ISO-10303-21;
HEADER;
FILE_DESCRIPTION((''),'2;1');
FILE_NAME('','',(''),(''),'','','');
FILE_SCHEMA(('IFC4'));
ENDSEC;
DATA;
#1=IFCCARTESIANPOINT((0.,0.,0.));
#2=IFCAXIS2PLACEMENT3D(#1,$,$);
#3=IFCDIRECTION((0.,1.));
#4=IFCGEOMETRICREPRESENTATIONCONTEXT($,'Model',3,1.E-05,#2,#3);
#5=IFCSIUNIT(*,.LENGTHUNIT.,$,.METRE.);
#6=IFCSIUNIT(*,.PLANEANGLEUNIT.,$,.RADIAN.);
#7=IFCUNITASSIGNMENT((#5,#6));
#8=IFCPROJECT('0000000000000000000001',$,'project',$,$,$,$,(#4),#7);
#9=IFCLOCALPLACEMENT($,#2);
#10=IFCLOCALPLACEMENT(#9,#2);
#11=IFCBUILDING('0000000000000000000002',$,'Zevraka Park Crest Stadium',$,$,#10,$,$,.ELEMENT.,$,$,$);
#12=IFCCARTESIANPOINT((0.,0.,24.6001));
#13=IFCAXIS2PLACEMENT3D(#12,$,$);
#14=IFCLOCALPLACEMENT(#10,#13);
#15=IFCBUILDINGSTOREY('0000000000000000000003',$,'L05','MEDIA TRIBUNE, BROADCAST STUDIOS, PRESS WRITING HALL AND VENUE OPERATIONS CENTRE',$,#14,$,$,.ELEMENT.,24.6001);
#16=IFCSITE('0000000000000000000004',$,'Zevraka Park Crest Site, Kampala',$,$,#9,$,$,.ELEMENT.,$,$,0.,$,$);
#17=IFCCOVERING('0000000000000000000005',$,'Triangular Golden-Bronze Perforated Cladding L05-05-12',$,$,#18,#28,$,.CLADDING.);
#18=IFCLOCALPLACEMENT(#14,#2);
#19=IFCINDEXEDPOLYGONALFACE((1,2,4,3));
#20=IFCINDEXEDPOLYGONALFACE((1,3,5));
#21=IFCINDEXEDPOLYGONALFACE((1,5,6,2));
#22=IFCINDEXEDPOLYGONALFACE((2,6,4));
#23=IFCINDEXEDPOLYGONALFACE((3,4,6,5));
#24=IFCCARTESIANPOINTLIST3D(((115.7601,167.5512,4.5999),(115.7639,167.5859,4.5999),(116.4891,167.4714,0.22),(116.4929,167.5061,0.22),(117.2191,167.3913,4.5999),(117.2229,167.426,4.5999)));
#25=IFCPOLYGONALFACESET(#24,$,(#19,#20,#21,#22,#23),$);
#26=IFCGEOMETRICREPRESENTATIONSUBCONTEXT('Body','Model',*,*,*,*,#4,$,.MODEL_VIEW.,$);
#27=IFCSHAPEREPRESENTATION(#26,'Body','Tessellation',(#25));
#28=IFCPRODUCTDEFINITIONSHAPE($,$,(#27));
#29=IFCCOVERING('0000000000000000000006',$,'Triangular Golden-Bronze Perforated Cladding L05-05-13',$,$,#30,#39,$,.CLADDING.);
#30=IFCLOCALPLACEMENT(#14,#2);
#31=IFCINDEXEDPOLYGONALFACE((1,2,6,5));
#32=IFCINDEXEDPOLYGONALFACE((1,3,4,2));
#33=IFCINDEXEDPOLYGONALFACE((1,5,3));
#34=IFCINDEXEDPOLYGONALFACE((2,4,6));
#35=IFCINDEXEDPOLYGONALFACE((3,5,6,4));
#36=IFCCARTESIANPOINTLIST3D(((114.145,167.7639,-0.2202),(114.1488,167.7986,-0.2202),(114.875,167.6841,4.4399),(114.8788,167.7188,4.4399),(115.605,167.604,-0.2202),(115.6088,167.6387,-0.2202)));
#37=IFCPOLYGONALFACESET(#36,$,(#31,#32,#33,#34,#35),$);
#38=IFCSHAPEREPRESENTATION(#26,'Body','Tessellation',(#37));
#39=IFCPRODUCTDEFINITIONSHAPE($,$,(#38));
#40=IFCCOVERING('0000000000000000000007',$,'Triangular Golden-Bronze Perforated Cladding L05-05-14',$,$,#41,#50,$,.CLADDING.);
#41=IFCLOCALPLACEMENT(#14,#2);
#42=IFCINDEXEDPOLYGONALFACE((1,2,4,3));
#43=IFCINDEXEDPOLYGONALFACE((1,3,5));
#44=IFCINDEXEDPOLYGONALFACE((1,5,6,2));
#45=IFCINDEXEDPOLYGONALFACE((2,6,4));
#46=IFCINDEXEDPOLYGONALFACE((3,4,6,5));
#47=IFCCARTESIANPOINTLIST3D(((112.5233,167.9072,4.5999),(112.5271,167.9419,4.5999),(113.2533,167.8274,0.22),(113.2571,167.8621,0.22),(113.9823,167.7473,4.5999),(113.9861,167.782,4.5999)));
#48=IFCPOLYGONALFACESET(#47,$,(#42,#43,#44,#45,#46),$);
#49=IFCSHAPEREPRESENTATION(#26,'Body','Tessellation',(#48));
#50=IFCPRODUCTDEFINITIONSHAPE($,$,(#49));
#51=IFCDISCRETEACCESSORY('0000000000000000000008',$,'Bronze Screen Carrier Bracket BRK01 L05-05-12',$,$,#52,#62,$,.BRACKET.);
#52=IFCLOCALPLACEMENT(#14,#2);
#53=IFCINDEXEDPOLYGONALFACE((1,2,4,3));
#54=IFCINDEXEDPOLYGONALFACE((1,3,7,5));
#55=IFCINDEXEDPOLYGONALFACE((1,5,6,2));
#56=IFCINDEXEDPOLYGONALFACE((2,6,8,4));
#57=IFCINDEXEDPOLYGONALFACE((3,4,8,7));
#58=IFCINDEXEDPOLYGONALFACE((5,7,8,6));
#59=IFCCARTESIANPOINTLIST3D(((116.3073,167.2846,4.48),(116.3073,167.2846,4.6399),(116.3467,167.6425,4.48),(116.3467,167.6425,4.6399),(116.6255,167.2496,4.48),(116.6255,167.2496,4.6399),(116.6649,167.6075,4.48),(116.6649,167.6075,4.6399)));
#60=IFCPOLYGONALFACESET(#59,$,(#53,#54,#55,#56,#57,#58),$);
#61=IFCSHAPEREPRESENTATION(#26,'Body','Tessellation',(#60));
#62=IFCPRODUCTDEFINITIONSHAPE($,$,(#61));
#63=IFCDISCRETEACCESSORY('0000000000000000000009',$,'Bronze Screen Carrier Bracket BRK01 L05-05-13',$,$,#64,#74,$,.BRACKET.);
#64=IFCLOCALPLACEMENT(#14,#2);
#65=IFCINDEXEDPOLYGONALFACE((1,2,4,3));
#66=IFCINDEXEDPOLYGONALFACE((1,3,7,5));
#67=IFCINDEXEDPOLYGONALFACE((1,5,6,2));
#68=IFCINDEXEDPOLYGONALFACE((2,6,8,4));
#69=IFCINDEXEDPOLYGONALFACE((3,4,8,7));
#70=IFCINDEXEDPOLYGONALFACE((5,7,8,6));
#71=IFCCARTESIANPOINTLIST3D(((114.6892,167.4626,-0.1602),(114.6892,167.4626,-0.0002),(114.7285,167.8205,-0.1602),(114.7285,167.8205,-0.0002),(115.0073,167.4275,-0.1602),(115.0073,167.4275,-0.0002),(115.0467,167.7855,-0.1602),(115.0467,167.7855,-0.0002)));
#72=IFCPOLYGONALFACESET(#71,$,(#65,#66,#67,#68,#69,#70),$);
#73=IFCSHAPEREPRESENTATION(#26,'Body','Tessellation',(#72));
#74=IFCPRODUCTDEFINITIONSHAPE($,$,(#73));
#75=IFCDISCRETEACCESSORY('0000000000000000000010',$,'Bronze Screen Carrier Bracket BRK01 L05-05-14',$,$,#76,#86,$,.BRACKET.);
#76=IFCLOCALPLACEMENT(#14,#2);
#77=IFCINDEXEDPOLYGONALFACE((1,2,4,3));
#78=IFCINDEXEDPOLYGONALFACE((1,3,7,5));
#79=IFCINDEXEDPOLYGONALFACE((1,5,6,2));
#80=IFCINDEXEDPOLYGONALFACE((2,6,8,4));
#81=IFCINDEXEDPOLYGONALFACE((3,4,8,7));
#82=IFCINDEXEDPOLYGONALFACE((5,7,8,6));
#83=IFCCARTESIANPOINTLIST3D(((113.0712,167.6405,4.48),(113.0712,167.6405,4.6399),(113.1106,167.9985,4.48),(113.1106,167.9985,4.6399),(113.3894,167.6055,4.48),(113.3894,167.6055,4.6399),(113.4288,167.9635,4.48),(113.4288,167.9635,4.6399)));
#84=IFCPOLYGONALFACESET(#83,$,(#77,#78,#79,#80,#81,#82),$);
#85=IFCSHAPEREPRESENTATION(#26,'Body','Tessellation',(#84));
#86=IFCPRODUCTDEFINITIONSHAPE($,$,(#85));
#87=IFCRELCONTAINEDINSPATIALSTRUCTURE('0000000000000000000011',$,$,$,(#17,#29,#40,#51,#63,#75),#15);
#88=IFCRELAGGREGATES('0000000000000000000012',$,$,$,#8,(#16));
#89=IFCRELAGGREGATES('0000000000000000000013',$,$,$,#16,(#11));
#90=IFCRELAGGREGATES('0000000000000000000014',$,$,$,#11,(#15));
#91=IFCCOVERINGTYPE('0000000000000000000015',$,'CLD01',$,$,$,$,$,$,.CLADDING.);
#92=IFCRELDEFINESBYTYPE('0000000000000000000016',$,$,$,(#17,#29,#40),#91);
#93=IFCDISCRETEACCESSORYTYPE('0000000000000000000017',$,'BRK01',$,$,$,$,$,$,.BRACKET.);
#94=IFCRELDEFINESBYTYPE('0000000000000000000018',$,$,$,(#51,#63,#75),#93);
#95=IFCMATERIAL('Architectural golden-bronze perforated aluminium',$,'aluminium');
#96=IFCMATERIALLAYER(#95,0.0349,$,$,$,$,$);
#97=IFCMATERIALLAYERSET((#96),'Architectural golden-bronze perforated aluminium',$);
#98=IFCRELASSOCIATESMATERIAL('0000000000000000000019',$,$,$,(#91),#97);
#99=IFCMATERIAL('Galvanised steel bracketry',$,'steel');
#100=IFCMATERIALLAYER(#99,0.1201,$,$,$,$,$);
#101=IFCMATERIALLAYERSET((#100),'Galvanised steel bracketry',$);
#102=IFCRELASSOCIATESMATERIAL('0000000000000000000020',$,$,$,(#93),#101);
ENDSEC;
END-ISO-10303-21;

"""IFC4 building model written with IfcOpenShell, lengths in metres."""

from ifc_helpers import new_model, si_unit, direction, frame, origin, origin_2d, place, context, subcontext, project, spatial, polyline, rectangle, outline, extrude, material, layer, layer_set, type_object, element, save


model = new_model("IFC4")

# Units and contexts
model_context = context("Model", 3, precision=1e-05, world=origin(), true_north=direction((0.0, 1.0)))
body_context = subcontext(model_context, "Body", "Model", "MODEL_VIEW")
ifc_project = project(units=[si_unit("LENGTHUNIT", "METRE"), si_unit("PLANEANGLEUNIT", "RADIAN")], contexts=[model_context])

# Site, building, storey
site_placement = place(None, origin())
site = spatial("IfcSite", under=ifc_project, at=site_placement, Name="Zevraka Park Crest Site, Kampala", CompositionType="ELEMENT", RefElevation=0.0)
building_placement = place(site_placement, origin())
building = spatial("IfcBuilding", under=site, at=building_placement, Name="Zevraka Park Crest Stadium", CompositionType="ELEMENT")
storey_placement = place(building_placement, frame((0.0, 0.0, 24.6001)))
storey = spatial("IfcBuildingStorey", under=building, at=storey_placement, Name="L05", Description="MEDIA TRIBUNE, BROADCAST STUDIOS, PRESS WRITING HALL AND VENUE OPERATIONS CENTRE", CompositionType="ELEMENT", Elevation=24.6001)

# Coverings
ifc_material_1 = material(Name="Architectural golden-bronze perforated aluminium", Category="aluminium")
ifc_layer_1 = layer(ifc_material_1, 0.0349)
ifc_layer_set_1 = layer_set([ifc_layer_1], Name="Architectural golden-bronze perforated aluminium")
covering_type = type_object("IfcCoveringType", Name="CLD01", PredefinedType="CLADDING", material=ifc_layer_set_1)
covering_1_placement = place(storey_placement, frame((115.7639, 167.5859, 4.5999), z_axis=(0.108953, 0.994047, 0.000016), x_axis=(0.994047, -0.108953, 0.0)))
element("IfcCovering", 1, at=covering_1_placement, inside=storey, type_object=covering_type, Name="Triangular Golden-Bronze Perforated Cladding L05-05-12", PredefinedType="CLADDING", context=body_context, shape_type="SweptSolid", body=[
    extrude(outline(polyline([(0.0, 0.0), (1.4677, 0.0), (0.7334, 4.3799), (0.0, 0.0)])), origin(), (0.0, 0.0, -1.0), 0.0349),
])
covering_2_placement = place(storey_placement, frame((115.605, 167.604, -0.2202), z_axis=(-0.108881, -0.994055, 0.000026), x_axis=(-0.994055, 0.108881, 0.0)))
element("IfcCovering", 2, at=covering_2_placement, inside=storey, type_object=covering_type, Name="Triangular Golden-Bronze Perforated Cladding L05-05-13", PredefinedType="CLADDING", context=body_context, shape_type="SweptSolid", body=[
    extrude(outline(polyline([(0.0, 0.0), (1.4687, 0.0), (0.7344, -4.6602), (0.0, 0.0)])), origin(), (0.0, 0.0, -1.0), 0.0349),
])
covering_3_placement = place(storey_placement, frame((112.5271, 167.9419, 4.5999), z_axis=(0.108953, 0.994047, 0.00004), x_axis=(0.994047, -0.108953, 0.0)))
element("IfcCovering", 3, at=covering_3_placement, inside=storey, type_object=covering_type, Name="Triangular Golden-Bronze Perforated Cladding L05-05-14", PredefinedType="CLADDING", context=body_context, shape_type="SweptSolid", body=[
    extrude(outline(polyline([(0.0, 0.0), (1.4677, 0.0), (0.7343, 4.3799), (0.0, 0.0)])), origin(), (0.0, 0.0, -1.0), 0.0349),
])

# Discrete accessories
ifc_material_2 = material(Name="Galvanised steel bracketry", Category="steel")
ifc_layer_2 = layer(ifc_material_2, 0.1201)
ifc_layer_set_2 = layer_set([ifc_layer_2], Name="Galvanised steel bracketry")
discrete_accessory_type = type_object("IfcDiscreteAccessoryType", Name="BRK01", PredefinedType="BRACKET", material=ifc_layer_set_2)
for number, where, z_axis, x_axis, name in (
    (4, (116.4861, 167.446, 4.48), (0.0, 0.0, 1.0), (-0.993999, 0.109387, 0.0), "Bronze Screen Carrier Bracket BRK01 L05-05-12"),
    (5, (114.8679, 167.624, -0.1602), (0.0, 0.0, 1.0), (-0.993999, 0.109387, 0.0), "Bronze Screen Carrier Bracket BRK01 L05-05-13"),
    (6, (113.25, 167.802, 4.48), (0.0, 0.0, 1.0), (-0.993999, 0.109387, 0.0), "Bronze Screen Carrier Bracket BRK01 L05-05-14"),
):
    element("IfcDiscreteAccessory", number, at=place(storey_placement, frame(where, z_axis=z_axis, x_axis=x_axis)), inside=storey, type_object=discrete_accessory_type, Name=name, PredefinedType="BRACKET", context=body_context, shape_type="SweptSolid", body=[
        extrude(rectangle(XDim=0.3201, YDim=0.3601, at=origin_2d()), origin(), (0.0, 0.0, 1.0), 0.1599),
    ])

save(model, "model.ifc")
